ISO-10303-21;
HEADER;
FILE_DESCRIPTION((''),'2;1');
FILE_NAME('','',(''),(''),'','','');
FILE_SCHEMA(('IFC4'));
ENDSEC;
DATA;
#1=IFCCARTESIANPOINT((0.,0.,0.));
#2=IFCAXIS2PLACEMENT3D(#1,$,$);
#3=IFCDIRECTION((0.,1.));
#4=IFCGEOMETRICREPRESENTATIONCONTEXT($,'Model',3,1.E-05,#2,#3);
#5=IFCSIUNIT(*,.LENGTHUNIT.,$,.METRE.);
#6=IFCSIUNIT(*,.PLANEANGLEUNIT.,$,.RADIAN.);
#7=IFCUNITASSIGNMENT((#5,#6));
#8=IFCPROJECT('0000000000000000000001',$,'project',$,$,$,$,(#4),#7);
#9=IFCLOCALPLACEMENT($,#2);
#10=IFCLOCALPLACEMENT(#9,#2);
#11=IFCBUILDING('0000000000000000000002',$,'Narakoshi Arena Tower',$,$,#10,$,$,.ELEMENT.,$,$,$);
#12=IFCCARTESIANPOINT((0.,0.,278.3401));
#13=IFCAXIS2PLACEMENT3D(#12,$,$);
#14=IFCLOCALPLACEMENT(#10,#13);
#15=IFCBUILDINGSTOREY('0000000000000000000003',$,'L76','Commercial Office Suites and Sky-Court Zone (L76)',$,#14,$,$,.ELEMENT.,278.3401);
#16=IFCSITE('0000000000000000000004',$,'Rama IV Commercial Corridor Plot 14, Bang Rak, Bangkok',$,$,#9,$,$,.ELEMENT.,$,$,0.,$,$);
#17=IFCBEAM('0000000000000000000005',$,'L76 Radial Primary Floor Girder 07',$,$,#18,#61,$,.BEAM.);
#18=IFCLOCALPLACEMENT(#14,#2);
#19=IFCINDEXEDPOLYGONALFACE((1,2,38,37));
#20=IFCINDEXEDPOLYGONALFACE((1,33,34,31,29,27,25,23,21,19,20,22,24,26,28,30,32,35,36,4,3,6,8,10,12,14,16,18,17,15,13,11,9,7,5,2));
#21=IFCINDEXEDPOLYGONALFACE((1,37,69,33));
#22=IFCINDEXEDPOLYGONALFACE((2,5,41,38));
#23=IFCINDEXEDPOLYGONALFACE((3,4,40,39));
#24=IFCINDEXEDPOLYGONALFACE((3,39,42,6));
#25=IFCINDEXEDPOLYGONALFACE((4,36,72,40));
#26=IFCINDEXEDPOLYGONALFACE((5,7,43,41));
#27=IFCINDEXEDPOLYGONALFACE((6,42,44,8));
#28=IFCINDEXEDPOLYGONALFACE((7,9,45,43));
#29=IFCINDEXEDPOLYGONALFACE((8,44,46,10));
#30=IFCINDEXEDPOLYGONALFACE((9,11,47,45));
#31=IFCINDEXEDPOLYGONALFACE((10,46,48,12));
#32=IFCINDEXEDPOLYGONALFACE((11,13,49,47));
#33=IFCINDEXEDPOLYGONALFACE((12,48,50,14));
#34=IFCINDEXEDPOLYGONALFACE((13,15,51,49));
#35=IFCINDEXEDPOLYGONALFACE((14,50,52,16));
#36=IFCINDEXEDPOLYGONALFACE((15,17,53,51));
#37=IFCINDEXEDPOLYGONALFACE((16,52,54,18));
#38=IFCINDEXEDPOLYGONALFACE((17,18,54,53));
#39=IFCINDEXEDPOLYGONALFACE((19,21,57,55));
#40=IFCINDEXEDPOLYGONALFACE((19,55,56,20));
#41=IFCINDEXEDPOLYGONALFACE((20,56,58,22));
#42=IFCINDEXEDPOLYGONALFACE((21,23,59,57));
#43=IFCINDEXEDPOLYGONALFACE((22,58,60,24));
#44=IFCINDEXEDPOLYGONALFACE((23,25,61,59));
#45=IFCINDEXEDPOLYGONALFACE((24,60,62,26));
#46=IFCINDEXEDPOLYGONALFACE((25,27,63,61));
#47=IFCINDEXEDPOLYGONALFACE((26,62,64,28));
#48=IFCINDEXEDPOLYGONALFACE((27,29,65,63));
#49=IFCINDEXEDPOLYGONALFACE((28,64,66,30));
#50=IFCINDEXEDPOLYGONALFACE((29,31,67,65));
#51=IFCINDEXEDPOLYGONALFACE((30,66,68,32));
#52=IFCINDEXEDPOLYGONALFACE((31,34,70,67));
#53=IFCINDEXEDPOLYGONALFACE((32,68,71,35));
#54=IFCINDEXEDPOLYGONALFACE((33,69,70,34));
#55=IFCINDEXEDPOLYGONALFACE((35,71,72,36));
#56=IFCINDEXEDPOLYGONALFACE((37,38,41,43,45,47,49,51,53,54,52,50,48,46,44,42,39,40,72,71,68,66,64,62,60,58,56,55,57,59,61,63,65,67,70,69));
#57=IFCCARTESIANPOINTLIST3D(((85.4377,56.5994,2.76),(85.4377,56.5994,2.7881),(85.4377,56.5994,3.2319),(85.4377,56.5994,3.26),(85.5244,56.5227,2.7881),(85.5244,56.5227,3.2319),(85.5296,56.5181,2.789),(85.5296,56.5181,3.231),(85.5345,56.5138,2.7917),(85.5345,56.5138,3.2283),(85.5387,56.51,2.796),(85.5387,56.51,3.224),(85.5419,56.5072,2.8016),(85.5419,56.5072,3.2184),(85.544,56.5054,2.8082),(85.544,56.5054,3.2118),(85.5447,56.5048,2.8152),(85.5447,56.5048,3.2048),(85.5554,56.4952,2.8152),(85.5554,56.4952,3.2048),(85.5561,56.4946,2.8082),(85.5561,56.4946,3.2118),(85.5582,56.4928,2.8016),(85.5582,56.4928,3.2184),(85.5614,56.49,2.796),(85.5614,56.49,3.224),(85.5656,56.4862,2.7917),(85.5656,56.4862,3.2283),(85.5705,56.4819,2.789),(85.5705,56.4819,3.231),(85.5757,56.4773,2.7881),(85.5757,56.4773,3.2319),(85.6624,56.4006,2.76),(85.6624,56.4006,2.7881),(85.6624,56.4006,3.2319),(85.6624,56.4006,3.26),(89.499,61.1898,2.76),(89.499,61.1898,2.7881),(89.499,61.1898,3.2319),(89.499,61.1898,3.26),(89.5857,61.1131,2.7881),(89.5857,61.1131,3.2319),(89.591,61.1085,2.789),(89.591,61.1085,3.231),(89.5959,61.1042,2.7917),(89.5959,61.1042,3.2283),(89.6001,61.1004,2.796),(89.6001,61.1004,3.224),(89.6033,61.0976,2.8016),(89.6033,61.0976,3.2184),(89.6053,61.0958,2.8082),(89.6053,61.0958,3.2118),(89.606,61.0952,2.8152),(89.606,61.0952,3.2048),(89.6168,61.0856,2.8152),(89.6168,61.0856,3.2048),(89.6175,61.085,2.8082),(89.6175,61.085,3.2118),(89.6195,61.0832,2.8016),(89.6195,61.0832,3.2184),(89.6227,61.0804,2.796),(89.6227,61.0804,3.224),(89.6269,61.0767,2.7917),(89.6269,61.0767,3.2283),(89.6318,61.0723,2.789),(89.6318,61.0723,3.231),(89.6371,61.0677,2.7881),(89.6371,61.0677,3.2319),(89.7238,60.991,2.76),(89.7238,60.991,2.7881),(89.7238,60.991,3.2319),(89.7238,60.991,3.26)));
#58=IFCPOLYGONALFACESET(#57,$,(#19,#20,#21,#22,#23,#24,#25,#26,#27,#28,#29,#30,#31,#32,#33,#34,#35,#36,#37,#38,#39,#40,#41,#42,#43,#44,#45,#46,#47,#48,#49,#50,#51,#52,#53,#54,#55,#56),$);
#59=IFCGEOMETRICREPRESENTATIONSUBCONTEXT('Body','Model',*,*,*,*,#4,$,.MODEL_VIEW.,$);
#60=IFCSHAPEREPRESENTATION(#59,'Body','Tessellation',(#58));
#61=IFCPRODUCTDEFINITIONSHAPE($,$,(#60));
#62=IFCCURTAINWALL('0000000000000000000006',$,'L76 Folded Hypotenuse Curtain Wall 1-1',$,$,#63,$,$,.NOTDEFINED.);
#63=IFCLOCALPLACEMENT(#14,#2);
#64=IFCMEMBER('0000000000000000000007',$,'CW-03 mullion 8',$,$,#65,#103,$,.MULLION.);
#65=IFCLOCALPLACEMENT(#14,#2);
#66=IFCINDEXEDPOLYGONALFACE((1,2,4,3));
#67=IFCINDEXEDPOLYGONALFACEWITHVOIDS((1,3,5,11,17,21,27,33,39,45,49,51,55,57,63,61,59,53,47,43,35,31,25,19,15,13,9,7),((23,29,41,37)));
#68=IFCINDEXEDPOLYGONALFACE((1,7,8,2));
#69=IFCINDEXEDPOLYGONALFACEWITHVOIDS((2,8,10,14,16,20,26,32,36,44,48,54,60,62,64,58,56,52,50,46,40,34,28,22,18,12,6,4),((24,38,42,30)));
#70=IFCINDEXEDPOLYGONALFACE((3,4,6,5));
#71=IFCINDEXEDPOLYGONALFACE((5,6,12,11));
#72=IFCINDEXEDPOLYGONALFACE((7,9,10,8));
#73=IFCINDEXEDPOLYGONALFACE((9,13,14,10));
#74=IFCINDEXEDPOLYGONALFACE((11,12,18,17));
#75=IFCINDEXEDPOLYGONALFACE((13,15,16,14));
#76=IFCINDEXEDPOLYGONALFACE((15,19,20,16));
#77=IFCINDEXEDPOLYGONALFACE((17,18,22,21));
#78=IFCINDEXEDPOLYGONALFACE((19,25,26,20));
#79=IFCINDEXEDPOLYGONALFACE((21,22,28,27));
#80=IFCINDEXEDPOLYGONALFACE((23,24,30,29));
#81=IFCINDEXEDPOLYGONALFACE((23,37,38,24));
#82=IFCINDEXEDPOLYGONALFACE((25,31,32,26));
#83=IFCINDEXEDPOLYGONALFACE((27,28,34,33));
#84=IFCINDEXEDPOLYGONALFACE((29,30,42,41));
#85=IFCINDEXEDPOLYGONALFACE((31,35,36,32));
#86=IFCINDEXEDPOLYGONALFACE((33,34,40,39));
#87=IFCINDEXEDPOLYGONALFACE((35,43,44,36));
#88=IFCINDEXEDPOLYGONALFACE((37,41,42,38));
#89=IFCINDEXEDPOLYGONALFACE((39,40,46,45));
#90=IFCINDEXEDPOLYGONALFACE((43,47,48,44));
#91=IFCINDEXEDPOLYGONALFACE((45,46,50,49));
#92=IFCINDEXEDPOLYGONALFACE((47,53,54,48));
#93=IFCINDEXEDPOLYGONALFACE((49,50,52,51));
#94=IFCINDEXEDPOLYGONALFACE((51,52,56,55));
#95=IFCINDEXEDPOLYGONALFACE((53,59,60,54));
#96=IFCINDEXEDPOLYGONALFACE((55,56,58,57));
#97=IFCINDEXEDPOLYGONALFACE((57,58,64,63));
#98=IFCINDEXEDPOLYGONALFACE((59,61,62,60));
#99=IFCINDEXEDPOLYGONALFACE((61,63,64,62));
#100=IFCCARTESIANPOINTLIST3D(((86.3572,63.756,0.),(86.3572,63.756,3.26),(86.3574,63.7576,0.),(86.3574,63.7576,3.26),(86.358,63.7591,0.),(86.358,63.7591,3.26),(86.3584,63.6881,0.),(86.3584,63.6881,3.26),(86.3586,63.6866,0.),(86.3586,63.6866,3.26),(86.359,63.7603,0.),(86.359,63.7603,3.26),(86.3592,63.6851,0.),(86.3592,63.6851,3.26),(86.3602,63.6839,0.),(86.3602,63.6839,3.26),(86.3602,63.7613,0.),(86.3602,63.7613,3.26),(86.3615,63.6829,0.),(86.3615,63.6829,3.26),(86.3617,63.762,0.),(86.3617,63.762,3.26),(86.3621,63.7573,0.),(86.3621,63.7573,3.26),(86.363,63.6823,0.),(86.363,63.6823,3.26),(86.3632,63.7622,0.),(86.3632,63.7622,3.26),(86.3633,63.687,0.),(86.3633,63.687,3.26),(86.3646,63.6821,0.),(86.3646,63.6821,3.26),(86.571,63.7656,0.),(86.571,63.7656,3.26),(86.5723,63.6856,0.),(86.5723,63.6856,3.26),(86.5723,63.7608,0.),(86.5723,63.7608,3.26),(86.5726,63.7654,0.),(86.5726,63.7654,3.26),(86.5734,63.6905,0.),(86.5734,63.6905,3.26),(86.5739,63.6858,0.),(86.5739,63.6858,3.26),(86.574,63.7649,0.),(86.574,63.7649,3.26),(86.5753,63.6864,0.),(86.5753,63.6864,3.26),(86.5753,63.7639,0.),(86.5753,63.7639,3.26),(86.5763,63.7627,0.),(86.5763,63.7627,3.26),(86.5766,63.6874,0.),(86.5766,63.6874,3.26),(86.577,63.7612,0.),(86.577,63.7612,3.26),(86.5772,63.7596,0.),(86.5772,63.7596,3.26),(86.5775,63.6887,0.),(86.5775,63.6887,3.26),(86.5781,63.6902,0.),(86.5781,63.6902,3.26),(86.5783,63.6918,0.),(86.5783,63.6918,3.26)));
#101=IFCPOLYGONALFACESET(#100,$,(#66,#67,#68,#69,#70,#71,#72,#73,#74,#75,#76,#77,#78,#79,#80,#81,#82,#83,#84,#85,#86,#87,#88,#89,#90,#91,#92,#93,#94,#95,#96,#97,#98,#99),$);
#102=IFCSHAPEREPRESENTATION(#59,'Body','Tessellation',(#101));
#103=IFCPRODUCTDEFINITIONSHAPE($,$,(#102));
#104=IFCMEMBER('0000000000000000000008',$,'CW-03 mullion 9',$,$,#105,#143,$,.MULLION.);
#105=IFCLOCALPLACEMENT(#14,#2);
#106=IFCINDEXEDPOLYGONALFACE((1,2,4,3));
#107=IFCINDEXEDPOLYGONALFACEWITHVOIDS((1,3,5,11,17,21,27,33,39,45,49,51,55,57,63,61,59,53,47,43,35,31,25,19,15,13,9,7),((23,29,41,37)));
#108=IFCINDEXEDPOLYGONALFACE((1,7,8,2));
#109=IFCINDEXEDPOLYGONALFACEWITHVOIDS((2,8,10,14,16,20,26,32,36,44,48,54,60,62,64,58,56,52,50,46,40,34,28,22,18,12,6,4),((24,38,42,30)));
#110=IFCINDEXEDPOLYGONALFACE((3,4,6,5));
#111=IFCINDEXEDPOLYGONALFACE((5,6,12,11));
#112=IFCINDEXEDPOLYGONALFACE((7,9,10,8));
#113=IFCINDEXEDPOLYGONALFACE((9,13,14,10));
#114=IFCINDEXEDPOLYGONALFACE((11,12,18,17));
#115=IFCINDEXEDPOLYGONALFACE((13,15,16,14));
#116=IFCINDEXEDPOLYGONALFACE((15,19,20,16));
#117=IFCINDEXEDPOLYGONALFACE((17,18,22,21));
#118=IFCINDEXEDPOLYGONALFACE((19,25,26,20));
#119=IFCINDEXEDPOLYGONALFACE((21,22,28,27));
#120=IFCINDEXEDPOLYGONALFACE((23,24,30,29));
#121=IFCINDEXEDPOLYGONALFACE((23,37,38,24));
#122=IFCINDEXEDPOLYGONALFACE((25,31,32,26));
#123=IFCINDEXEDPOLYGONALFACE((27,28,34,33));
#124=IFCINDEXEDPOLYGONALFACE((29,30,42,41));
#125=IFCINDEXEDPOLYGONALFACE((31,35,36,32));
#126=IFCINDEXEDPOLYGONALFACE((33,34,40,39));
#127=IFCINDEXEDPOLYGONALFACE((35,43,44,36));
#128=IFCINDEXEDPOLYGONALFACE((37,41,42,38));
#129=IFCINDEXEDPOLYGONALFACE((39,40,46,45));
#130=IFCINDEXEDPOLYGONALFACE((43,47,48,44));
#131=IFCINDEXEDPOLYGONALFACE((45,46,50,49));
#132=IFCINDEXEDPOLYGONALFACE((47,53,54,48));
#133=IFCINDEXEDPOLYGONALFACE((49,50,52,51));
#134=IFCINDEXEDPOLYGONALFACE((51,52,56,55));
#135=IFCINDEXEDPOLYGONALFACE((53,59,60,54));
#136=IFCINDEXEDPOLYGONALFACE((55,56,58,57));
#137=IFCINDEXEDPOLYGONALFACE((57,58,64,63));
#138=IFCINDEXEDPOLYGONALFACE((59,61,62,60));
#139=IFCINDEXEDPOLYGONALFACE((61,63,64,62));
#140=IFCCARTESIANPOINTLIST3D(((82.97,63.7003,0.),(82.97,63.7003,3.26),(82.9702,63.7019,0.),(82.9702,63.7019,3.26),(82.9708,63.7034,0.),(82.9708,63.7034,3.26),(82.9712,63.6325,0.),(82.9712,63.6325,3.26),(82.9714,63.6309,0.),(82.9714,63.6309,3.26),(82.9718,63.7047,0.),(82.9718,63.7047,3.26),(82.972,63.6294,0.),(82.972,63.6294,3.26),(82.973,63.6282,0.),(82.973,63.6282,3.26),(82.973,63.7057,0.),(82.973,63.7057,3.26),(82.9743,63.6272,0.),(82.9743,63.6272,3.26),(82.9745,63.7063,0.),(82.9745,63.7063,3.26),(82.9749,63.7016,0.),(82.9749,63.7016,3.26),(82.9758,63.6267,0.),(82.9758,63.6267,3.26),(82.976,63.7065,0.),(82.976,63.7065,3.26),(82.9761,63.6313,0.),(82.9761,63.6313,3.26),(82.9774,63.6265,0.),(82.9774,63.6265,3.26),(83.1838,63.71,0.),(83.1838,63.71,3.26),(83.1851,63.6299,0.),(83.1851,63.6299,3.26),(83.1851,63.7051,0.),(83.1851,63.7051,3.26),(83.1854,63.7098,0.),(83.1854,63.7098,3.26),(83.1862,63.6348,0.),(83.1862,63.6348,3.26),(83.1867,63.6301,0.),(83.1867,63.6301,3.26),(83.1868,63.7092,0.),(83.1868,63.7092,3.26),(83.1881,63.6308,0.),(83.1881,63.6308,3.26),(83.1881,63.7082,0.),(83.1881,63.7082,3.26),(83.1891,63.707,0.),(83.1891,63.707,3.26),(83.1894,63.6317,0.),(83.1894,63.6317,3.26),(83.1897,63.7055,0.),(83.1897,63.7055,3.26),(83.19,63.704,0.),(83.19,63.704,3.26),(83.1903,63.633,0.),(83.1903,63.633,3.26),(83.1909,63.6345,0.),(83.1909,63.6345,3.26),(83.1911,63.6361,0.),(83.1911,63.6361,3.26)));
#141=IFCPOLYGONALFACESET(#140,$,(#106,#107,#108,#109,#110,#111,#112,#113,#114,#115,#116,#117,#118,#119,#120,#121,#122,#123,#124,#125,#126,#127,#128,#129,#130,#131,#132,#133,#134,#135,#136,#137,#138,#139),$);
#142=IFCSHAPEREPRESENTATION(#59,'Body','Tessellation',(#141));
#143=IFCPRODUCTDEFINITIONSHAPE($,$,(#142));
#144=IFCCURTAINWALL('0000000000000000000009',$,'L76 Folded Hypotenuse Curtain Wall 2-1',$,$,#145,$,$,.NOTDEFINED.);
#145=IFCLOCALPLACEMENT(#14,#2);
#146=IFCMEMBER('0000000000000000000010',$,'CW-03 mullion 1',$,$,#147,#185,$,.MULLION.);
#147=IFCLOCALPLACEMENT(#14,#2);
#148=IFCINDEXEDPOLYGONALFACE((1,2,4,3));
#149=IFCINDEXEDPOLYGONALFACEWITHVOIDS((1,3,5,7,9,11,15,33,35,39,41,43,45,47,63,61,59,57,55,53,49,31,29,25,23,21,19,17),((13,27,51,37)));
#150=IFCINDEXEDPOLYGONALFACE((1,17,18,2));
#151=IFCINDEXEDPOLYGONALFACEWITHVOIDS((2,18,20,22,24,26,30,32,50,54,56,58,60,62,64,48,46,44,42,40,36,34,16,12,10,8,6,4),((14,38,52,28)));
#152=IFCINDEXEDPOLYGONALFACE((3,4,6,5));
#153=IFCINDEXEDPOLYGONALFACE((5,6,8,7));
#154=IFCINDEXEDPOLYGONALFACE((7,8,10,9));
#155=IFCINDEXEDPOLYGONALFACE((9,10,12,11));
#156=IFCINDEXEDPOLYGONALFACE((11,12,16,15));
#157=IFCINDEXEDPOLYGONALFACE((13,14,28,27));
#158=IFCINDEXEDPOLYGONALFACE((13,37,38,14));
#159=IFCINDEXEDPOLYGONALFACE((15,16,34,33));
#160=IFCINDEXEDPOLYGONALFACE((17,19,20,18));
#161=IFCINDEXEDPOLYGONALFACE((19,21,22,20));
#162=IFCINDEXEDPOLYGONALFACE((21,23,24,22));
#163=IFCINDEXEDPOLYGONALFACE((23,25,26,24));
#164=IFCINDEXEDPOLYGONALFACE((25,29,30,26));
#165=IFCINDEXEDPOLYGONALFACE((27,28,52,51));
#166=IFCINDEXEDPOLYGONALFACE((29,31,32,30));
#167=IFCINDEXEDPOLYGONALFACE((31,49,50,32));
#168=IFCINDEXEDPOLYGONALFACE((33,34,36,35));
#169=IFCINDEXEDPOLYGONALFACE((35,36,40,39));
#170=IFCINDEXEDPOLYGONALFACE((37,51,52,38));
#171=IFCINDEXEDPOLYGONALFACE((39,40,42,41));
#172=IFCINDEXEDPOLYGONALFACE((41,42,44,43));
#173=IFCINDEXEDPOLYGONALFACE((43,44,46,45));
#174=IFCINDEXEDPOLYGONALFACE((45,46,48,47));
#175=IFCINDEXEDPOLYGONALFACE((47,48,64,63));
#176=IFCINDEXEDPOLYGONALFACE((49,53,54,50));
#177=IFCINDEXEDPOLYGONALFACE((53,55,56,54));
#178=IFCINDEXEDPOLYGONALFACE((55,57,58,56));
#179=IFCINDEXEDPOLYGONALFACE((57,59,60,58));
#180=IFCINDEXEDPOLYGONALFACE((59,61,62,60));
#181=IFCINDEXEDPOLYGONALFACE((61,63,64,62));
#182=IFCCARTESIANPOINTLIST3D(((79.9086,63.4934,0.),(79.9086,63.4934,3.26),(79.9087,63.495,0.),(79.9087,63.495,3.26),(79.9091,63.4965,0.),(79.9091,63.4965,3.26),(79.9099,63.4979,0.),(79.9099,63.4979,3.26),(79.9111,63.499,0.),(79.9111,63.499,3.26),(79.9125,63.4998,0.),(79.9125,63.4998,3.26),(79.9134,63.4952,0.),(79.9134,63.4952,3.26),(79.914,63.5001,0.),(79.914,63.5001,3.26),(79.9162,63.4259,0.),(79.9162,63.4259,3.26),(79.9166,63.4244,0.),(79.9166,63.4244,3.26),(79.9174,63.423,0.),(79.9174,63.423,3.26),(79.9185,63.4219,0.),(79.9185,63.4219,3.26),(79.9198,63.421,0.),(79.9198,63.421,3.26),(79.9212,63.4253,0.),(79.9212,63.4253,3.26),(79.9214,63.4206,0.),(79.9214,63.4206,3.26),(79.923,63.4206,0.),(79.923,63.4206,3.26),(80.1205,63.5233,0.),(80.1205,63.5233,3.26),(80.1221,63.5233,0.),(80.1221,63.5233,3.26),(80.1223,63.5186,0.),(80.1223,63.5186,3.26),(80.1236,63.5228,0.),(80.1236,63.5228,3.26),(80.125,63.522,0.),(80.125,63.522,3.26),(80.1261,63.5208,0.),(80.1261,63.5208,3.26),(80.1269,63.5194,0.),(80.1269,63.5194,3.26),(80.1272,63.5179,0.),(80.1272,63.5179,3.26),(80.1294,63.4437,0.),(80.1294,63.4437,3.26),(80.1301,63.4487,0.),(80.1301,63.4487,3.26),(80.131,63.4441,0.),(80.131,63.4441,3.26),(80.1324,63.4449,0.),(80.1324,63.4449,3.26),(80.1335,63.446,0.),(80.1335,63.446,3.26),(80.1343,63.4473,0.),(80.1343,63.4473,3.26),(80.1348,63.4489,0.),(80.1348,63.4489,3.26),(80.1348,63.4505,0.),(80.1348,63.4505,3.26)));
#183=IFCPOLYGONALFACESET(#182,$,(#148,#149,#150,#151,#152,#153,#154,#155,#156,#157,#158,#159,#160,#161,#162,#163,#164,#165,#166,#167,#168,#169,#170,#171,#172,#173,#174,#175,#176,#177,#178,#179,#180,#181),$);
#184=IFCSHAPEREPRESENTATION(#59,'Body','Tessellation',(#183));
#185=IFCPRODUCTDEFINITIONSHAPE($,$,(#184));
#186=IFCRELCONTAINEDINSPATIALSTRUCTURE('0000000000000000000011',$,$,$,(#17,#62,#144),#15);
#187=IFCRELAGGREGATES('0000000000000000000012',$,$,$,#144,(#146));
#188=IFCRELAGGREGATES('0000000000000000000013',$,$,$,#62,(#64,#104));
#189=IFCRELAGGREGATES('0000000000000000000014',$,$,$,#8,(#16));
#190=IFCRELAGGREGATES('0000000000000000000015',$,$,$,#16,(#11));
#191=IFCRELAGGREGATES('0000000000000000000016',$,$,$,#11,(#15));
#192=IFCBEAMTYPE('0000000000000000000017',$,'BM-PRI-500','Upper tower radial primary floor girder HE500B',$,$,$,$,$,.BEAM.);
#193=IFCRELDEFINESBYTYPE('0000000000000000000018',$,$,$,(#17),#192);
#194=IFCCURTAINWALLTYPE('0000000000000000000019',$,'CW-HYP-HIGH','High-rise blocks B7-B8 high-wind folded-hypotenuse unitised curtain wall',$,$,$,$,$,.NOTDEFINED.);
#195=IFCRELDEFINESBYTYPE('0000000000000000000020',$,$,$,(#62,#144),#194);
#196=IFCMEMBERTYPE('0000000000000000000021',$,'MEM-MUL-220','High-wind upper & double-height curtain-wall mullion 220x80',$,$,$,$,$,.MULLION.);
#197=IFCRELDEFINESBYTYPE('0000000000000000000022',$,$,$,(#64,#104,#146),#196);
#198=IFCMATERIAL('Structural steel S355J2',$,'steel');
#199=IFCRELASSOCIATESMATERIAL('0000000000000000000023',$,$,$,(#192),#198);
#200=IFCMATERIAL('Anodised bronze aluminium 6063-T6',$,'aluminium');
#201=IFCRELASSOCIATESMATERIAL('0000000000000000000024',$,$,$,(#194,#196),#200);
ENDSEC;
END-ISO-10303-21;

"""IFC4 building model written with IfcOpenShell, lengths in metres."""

from ifc_helpers import new_model, si_unit, direction, frame, origin, origin_2d, place, context, subcontext, project, spatial, hollow_rectangle, i_section, extrude, material, material_profile, profile_set, type_object, element, aggregate, save


model = new_model("IFC4")

# Units and contexts
model_context = context("Model", 3, precision=1e-05, world=origin(), true_north=direction((0.0, 1.0)))
body_context = subcontext(model_context, "Body", "Model", "MODEL_VIEW")
ifc_project = project(units=[si_unit("LENGTHUNIT", "METRE"), si_unit("PLANEANGLEUNIT", "RADIAN")], contexts=[model_context])

# Site, building, storey
site_placement = place(None, origin())
site = spatial("IfcSite", under=ifc_project, at=site_placement, Name="Rama IV Commercial Corridor Plot 14, Bang Rak, Bangkok", CompositionType="ELEMENT", RefElevation=0.0)
building_placement = place(site_placement, origin())
building = spatial("IfcBuilding", under=site, at=building_placement, Name="Narakoshi Arena Tower", CompositionType="ELEMENT")
storey_placement = place(building_placement, frame((0.0, 0.0, 278.3401)))
storey = spatial("IfcBuildingStorey", under=building, at=storey_placement, Name="L76", Description="Commercial Office Suites and Sky-Court Zone (L76)", CompositionType="ELEMENT", Elevation=278.3401)

# Beam
ifc_material_1 = material(Name="Structural steel S355J2", Category="steel")
ifc_material_profile_1 = material_profile(ifc_material_1, i_section(OverallWidth=0.3, OverallDepth=0.5, WebThickness=0.0144, FlangeThickness=0.0281, FilletRadius=0.0271, at=origin_2d()), Name="HE500B")
ifc_profile_set_1 = profile_set([ifc_material_profile_1], Name="Structural steel S355J2")
beam_type = type_object("IfcBeamType", Name="BM-PRI-500", Description="Upper tower radial primary floor girder HE500B", PredefinedType="BEAM", material=ifc_profile_set_1)
beam_placement = place(storey_placement, frame((85.55, 56.5, 3.01), z_axis=(0.662629, 0.748948, 0.0), x_axis=(-0.748948, 0.662629, 0.0)))
element("IfcBeam", 1, at=beam_placement, inside=storey, type_object=beam_type, Name="L76 Radial Primary Floor Girder 07", PredefinedType="BEAM", context=body_context, shape_type="SweptSolid", body=[
    extrude(i_section(OverallWidth=0.3, OverallDepth=0.5, WebThickness=0.0144, FlangeThickness=0.0281, FilletRadius=0.0271, at=origin_2d()), origin(), (0.0, 0.0, 1.0), 6.1292),
])

# Curtain wall, members
ifc_material_2 = material(Name="Anodised bronze aluminium 6063-T6", Category="aluminium")
curtain_wall_type = type_object("IfcCurtainWallType", Name="CW-HYP-HIGH", Description="High-rise blocks B7-B8 high-wind folded-hypotenuse unitised curtain wall", PredefinedType="NOTDEFINED", material=ifc_material_2)
curtain_wall_1_placement = place(storey_placement, origin())
curtain_wall_1 = element("IfcCurtainWall", 2, at=curtain_wall_1_placement, inside=storey, type_object=curtain_wall_type, Name="L76 Folded Hypotenuse Curtain Wall 1-1", PredefinedType="NOTDEFINED")
ifc_material_profile_2 = material_profile(ifc_material_2, hollow_rectangle(XDim=0.0801, YDim=0.22, WallThickness=0.0049, OuterFilletRadius=0.0061, at=origin_2d()), Name="MUL220x80x5")
ifc_profile_set_2 = profile_set([ifc_material_profile_2], Name="Anodised bronze aluminium 6063-T6")
member_type_1 = type_object("IfcMemberType", Name="MEM-MUL-220", Description="High-wind upper & double-height curtain-wall mullion 220x80", PredefinedType="MULLION", material=ifc_profile_set_2)
member_1_placement = place(storey_placement, frame((86.4678, 63.7239, 0.0), z_axis=(0.0, 0.0, 1.0), x_axis=(0.016443, -0.999865, 0.0)))
member_1 = element("IfcMember", 3, at=member_1_placement, type_object=member_type_1, Name="CW-03 mullion 8", PredefinedType="MULLION", context=body_context, shape_type="SweptSolid", body=[
    extrude(hollow_rectangle(XDim=0.0801, YDim=0.22, WallThickness=0.0049, OuterFilletRadius=0.0061, at=origin_2d()), origin(), (0.0, 0.0, 1.0), 3.26),
])
member_2_placement = place(storey_placement, frame((83.0806, 63.6682, 0.0), z_axis=(0.0, 0.0, 1.0), x_axis=(0.016443, -0.999865, 0.0)))
member_2 = element("IfcMember", 4, at=member_2_placement, type_object=member_type_1, Name="CW-03 mullion 9", PredefinedType="MULLION", context=body_context, shape_type="SweptSolid", body=[
    extrude(hollow_rectangle(XDim=0.0801, YDim=0.22, WallThickness=0.0049, OuterFilletRadius=0.0061, at=origin_2d()), origin(), (0.0, 0.0, 1.0), 3.26),
])

# Curtain wall, member
curtain_wall_2_placement = place(storey_placement, origin())
curtain_wall_2 = element("IfcCurtainWall", 5, at=curtain_wall_2_placement, inside=storey, type_object=curtain_wall_type, Name="L76 Folded Hypotenuse Curtain Wall 2-1", PredefinedType="NOTDEFINED")
member_3_placement = place(storey_placement, frame((80.0217, 63.4719, 0.0), z_axis=(0.0, 0.0, 1.0), x_axis=(0.111396, -0.993776, 0.0)))
member_3 = element("IfcMember", 6, at=member_3_placement, type_object=member_type_1, Name="CW-03 mullion 1", PredefinedType="MULLION", context=body_context, shape_type="SweptSolid", body=[
    extrude(hollow_rectangle(XDim=0.0801, YDim=0.22, WallThickness=0.0049, OuterFilletRadius=0.0061, at=origin_2d()), origin(), (0.0, 0.0, 1.0), 3.26),
])

aggregate(curtain_wall_2, [member_3])

aggregate(curtain_wall_1, [member_1, member_2])

save(model, "model.ifc")
